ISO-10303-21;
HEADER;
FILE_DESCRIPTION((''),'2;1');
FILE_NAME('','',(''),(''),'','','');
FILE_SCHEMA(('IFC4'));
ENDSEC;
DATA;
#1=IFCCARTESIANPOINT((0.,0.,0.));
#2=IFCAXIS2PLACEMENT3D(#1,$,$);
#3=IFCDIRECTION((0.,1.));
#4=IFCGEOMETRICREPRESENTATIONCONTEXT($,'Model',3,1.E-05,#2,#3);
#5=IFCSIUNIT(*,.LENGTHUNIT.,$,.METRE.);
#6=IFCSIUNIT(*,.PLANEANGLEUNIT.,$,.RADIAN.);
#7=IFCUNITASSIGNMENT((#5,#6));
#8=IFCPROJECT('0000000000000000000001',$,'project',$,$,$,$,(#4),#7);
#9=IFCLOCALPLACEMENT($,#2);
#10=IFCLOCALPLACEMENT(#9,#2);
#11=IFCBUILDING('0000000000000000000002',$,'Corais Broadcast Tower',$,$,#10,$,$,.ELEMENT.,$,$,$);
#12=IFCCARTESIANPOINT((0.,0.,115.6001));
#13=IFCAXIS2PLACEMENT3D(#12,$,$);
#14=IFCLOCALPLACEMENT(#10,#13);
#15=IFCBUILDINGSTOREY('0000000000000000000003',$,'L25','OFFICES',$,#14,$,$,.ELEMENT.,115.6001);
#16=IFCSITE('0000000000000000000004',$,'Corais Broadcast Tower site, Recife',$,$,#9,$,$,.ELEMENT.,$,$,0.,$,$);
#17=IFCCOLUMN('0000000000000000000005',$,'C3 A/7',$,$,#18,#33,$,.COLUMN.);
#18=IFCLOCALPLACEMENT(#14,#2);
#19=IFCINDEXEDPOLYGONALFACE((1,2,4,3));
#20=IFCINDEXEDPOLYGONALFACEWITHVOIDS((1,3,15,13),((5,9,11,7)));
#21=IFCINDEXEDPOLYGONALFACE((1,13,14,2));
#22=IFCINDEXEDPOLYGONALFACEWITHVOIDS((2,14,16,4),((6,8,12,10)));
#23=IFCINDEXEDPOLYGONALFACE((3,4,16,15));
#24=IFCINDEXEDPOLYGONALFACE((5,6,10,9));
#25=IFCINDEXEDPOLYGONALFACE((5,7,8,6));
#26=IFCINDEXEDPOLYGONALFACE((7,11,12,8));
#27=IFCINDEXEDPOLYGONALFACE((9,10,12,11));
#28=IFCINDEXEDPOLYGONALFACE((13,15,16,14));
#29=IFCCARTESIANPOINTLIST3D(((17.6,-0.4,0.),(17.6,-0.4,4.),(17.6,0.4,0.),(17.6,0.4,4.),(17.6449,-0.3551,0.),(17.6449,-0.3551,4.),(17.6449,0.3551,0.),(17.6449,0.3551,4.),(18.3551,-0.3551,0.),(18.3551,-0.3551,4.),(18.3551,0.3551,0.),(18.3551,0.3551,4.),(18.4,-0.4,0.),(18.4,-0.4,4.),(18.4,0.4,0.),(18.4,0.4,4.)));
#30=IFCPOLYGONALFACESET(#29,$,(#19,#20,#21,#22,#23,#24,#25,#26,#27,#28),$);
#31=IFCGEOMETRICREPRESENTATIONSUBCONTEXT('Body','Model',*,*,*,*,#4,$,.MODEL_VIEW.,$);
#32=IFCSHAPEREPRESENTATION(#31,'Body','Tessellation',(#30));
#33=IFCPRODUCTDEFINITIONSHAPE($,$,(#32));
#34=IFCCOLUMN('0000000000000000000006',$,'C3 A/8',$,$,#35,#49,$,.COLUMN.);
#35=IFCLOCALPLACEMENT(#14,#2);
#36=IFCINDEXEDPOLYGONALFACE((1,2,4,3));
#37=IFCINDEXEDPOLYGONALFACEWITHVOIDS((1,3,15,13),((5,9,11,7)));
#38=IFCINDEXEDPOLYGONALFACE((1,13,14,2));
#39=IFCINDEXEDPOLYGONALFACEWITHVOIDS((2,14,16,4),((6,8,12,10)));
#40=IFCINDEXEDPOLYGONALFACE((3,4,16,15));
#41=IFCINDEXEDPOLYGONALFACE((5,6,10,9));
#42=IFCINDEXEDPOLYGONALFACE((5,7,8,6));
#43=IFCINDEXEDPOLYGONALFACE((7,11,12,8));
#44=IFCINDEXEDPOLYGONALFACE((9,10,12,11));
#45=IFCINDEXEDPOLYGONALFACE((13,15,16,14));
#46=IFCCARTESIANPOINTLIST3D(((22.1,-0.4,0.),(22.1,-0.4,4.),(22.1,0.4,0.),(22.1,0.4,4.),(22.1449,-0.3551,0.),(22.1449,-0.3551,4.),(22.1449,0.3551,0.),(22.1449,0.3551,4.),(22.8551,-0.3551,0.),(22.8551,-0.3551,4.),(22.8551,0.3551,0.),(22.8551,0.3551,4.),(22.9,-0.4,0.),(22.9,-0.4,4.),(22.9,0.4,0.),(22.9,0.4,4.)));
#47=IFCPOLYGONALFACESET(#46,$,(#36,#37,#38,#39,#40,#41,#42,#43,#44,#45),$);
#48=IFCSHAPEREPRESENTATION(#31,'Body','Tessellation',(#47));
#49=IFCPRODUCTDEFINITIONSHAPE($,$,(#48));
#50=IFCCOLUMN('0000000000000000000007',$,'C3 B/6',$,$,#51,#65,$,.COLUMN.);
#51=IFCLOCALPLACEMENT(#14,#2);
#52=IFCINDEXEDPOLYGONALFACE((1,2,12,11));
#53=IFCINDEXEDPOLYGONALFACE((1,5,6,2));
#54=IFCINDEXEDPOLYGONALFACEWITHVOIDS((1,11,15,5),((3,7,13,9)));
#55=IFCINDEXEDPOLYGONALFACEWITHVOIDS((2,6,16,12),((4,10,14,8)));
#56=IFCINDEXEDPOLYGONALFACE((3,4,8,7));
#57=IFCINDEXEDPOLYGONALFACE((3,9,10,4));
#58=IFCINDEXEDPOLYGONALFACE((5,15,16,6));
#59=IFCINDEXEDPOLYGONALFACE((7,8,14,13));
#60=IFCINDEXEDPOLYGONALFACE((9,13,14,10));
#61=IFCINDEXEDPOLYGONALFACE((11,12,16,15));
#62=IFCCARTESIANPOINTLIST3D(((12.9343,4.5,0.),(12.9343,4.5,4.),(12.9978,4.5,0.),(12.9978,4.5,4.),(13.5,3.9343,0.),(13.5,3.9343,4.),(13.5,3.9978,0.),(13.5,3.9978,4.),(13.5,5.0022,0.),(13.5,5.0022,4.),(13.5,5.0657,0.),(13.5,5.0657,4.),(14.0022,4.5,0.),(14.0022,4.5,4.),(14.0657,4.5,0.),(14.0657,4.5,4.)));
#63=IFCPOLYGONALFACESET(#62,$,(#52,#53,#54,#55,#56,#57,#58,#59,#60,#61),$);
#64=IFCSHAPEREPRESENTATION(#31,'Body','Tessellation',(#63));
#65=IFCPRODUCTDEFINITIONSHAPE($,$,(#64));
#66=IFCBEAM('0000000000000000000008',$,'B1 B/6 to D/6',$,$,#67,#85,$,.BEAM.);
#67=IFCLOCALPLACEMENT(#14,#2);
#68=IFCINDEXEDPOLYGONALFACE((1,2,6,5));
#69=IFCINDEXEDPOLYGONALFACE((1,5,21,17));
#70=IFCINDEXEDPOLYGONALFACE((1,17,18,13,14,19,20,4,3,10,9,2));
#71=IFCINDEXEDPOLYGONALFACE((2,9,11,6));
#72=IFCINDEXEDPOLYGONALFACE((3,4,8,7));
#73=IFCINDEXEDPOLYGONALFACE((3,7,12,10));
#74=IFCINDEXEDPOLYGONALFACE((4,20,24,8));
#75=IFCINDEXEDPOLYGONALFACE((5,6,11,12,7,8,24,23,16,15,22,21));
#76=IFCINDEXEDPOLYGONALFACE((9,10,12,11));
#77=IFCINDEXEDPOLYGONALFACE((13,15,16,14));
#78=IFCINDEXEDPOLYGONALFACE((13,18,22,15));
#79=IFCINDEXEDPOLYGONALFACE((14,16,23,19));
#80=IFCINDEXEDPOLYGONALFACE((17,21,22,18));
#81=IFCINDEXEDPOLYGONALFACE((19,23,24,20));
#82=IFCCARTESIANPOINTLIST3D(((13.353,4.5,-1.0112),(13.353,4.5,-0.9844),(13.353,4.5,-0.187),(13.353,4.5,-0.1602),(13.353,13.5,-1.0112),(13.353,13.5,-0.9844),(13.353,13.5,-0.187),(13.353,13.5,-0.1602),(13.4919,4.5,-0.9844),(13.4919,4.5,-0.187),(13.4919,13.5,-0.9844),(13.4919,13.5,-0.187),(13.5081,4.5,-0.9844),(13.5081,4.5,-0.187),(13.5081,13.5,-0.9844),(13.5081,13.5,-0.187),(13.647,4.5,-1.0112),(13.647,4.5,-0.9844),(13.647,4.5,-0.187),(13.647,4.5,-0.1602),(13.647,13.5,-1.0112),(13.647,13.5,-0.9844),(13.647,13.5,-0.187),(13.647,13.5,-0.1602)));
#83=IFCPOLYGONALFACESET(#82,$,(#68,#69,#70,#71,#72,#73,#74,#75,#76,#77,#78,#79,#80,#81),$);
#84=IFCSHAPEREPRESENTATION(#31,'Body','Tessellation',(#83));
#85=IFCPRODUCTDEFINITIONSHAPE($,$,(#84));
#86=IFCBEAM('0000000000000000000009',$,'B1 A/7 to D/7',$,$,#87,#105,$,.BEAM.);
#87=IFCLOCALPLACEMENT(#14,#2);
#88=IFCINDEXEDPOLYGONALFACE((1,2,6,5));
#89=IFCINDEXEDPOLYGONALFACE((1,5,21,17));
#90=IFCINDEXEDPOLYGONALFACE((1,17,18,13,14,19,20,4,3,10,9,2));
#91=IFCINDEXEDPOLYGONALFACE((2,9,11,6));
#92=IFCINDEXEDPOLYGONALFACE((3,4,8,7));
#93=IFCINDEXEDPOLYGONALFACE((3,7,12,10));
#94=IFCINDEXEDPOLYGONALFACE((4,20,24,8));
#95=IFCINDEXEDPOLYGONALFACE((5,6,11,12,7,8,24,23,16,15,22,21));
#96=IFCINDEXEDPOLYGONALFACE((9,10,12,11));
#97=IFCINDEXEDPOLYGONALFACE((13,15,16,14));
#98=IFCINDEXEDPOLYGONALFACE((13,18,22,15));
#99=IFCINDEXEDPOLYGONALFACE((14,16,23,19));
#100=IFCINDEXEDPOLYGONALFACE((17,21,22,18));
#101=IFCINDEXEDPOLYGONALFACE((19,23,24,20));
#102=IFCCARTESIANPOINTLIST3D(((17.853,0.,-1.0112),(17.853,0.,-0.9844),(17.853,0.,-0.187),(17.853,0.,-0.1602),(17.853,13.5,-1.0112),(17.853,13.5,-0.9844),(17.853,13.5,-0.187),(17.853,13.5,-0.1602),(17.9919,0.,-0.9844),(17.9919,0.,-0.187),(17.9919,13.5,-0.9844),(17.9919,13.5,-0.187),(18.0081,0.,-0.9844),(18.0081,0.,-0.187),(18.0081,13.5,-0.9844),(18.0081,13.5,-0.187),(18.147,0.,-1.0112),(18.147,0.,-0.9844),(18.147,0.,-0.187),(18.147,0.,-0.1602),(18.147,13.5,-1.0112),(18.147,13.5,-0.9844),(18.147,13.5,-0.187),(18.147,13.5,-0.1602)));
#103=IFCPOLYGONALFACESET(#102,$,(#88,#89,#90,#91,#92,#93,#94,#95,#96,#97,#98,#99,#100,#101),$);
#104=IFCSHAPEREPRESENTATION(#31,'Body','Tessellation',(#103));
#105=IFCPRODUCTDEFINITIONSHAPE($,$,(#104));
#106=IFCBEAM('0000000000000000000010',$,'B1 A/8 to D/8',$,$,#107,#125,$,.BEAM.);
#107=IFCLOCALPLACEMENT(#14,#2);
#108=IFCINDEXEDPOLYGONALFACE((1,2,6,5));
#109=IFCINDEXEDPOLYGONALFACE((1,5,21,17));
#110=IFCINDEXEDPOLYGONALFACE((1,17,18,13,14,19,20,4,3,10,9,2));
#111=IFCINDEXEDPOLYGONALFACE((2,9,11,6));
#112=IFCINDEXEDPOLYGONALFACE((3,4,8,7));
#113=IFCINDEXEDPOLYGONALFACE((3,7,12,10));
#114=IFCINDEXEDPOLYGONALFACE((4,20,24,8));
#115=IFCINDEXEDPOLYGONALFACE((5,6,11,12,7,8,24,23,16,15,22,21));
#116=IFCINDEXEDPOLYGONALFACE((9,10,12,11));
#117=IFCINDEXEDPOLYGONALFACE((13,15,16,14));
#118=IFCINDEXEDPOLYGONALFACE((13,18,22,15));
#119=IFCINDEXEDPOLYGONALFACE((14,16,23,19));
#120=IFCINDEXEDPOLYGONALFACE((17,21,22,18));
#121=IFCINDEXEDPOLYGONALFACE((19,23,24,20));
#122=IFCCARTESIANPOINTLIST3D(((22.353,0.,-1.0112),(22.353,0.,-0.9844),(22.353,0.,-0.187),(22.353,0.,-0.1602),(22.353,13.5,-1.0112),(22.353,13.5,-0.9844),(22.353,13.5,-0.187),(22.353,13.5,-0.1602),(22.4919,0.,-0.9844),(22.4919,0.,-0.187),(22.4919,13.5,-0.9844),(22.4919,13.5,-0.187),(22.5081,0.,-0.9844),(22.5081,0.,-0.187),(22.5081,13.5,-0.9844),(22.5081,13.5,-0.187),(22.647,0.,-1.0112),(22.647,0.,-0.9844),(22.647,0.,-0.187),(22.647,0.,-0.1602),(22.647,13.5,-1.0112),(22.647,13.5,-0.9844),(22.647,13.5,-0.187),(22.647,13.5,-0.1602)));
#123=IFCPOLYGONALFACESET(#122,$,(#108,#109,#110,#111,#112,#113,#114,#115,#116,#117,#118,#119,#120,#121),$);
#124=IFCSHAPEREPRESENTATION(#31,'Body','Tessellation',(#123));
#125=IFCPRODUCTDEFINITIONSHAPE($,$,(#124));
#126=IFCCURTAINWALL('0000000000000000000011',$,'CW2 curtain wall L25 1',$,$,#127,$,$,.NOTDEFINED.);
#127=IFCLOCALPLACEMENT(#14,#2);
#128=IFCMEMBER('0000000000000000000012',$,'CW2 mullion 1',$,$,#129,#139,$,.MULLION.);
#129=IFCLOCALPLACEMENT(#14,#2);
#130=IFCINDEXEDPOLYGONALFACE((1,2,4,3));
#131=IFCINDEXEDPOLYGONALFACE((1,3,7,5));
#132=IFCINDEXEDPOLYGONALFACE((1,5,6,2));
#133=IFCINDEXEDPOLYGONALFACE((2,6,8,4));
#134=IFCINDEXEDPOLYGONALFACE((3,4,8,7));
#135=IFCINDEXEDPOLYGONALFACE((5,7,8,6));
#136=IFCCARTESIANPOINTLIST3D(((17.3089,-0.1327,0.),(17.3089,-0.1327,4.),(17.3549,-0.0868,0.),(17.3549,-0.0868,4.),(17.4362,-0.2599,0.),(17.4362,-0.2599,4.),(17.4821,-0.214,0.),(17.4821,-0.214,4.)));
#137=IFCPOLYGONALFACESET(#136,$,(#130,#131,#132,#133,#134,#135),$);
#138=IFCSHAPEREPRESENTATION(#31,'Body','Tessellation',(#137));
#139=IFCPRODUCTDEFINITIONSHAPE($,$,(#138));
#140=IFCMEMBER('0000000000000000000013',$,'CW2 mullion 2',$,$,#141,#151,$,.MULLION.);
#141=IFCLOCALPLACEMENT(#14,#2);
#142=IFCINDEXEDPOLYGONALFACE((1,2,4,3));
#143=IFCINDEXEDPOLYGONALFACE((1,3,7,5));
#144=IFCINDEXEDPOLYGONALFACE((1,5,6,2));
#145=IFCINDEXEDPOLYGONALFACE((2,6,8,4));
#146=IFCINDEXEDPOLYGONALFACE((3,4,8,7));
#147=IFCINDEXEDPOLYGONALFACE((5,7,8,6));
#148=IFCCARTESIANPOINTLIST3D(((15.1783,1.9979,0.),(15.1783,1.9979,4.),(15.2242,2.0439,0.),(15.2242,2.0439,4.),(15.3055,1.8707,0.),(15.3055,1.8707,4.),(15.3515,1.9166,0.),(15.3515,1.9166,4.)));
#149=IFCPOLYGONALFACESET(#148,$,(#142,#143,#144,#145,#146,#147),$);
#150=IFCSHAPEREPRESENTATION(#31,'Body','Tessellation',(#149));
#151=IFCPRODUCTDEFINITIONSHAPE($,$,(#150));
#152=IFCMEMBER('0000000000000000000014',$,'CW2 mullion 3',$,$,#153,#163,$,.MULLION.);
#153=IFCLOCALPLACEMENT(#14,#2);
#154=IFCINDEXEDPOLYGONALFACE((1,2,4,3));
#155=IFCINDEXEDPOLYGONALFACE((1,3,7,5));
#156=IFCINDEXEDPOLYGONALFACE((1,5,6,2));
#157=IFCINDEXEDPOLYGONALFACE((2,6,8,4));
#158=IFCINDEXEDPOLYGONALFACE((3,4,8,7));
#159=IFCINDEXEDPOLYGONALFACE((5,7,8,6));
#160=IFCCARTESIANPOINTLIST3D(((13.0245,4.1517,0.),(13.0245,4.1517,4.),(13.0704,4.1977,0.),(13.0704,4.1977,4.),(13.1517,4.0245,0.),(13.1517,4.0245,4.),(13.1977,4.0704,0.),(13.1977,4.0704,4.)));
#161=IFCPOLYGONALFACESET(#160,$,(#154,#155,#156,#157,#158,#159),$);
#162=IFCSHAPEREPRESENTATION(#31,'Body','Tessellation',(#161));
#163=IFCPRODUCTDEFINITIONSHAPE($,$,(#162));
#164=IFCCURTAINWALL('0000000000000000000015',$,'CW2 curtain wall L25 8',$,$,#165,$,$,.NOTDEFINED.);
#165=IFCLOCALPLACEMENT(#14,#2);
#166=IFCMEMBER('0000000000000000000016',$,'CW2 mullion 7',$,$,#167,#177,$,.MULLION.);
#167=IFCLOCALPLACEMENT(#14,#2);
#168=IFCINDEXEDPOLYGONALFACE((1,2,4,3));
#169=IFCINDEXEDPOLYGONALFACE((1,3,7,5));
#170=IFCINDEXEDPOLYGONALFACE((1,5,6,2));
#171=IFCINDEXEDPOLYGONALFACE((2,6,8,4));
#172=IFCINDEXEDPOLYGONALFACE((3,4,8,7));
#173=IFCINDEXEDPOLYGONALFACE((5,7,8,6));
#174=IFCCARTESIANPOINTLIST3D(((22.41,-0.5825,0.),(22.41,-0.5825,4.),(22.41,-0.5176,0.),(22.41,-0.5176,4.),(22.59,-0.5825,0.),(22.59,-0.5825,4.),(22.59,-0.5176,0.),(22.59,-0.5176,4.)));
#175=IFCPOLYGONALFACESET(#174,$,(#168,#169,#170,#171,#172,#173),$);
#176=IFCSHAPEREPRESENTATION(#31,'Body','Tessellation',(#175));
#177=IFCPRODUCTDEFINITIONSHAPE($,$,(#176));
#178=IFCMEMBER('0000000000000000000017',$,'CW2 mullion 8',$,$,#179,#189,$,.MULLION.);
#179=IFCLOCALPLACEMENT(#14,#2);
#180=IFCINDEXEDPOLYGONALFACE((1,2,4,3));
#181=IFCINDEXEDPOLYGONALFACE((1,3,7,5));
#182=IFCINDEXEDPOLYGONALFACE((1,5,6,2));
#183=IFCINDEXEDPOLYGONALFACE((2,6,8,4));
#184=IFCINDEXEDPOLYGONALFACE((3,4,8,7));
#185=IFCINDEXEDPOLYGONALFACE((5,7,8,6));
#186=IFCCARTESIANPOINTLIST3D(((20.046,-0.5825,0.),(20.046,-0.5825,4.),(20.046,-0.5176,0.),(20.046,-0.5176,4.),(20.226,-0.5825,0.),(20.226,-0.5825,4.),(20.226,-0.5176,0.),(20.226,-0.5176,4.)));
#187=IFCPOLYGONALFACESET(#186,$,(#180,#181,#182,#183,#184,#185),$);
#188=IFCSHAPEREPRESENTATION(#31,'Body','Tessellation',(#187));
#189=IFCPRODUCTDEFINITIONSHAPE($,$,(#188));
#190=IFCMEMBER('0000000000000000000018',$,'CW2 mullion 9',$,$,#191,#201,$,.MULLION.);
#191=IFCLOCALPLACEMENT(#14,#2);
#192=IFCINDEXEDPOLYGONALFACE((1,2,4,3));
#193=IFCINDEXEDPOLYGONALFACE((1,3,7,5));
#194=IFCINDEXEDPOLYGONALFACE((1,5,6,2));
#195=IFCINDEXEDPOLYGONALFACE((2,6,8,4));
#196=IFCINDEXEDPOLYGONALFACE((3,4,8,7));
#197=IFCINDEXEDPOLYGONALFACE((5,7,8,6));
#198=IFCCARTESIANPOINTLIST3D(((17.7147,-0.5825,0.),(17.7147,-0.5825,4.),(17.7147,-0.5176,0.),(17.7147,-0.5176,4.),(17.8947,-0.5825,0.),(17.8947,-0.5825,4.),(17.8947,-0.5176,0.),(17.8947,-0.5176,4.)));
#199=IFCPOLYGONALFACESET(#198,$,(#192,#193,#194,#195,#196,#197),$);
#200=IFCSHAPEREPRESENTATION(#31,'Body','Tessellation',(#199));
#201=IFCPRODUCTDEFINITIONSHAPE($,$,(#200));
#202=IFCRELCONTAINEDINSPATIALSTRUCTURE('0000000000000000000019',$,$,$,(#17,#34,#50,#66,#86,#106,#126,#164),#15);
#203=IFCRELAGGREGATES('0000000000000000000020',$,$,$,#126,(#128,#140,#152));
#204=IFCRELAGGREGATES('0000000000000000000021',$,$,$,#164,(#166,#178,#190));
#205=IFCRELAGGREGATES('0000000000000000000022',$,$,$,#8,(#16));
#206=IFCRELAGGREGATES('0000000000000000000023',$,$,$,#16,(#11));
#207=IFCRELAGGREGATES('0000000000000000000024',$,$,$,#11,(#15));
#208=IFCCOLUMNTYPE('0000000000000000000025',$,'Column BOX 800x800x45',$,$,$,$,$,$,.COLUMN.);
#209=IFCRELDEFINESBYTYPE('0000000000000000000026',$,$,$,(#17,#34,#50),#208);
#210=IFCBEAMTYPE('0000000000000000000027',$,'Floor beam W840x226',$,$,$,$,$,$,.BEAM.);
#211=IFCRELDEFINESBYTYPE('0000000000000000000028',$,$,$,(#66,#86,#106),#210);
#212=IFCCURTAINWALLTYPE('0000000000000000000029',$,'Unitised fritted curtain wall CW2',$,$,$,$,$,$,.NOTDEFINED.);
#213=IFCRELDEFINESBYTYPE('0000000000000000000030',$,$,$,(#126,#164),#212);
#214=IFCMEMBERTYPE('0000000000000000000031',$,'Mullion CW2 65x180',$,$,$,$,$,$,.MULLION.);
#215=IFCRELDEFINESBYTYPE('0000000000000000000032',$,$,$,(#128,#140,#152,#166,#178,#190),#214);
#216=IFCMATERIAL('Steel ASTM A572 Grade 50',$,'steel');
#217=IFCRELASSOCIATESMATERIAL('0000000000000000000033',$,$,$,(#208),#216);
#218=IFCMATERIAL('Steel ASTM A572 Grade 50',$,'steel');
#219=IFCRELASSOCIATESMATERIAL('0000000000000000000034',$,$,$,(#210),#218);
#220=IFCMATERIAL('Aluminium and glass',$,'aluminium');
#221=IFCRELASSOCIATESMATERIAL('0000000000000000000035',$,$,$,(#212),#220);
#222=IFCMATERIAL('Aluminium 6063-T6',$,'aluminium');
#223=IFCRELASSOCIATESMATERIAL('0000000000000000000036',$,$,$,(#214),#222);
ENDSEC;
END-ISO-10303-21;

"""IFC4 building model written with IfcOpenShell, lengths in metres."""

from ifc_helpers import new_model, si_unit, direction, frame, origin, origin_2d, place, context, subcontext, project, spatial, rectangle, hollow_rectangle, i_section, extrude, material, material_profile, profile_set, type_object, element, aggregate, save


model = new_model("IFC4")

# Units and contexts
model_context = context("Model", 3, precision=1e-05, world=origin(), true_north=direction((0.0, 1.0)))
body_context = subcontext(model_context, "Body", "Model", "MODEL_VIEW")
ifc_project = project(units=[si_unit("LENGTHUNIT", "METRE"), si_unit("PLANEANGLEUNIT", "RADIAN")], contexts=[model_context])

# Site, building, storey
site_placement = place(None, origin())
site = spatial("IfcSite", under=ifc_project, at=site_placement, Name="Corais Broadcast Tower site, Recife", CompositionType="ELEMENT", RefElevation=0.0)
building_placement = place(site_placement, origin())
building = spatial("IfcBuilding", under=site, at=building_placement, Name="Corais Broadcast Tower", CompositionType="ELEMENT")
storey_placement = place(building_placement, frame((0.0, 0.0, 115.6001)))
storey = spatial("IfcBuildingStorey", under=building, at=storey_placement, Name="L25", Description="OFFICES", CompositionType="ELEMENT", Elevation=115.6001)

# Columns
ifc_material_1 = material(Name="Steel ASTM A572 Grade 50", Category="steel")
ifc_material_profile_1 = material_profile(ifc_material_1, hollow_rectangle(XDim=0.8, YDim=0.8, WallThickness=0.0449, at=origin_2d()), Name="BOX 800x800x45")
ifc_profile_set_1 = profile_set([ifc_material_profile_1], Name="Steel ASTM A572 Grade 50")
column_type = type_object("IfcColumnType", Name="Column BOX 800x800x45", PredefinedType="COLUMN", material=ifc_profile_set_1)
for number, where, z_axis, x_axis, name in (
    (1, (18.0, 0.0, 0.0), (0.0, 0.0, 1.0), (1.0, 0.0, 0.0), "C3 A/7"),
    (2, (22.5, 0.0, 0.0), (0.0, 0.0, 1.0), (1.0, 0.0, 0.0), "C3 A/8"),
    (3, (13.5, 4.5, 0.0), (0.0, 0.0, 1.0), (0.707107, 0.707107, 0.0), "C3 B/6"),
):
    element("IfcColumn", number, at=place(storey_placement, frame(where, z_axis=z_axis, x_axis=x_axis)), inside=storey, type_object=column_type, Name=name, PredefinedType="COLUMN", context=body_context, shape_type="SweptSolid", body=[
        extrude(hollow_rectangle(XDim=0.8, YDim=0.8, WallThickness=0.0449, at=origin_2d()), origin(), (0.0, 0.0, 1.0), 4.0),
    ])

# Beams
ifc_material_2 = material(Name="Steel ASTM A572 Grade 50", Category="steel")
ifc_material_profile_2 = material_profile(ifc_material_2, i_section(OverallWidth=0.2939, OverallDepth=0.8511, WebThickness=0.0161, FlangeThickness=0.0269, at=origin_2d()), Name="W840x226")
ifc_profile_set_2 = profile_set([ifc_material_profile_2], Name="Steel ASTM A572 Grade 50")
beam_type_1 = type_object("IfcBeamType", Name="Floor beam W840x226", PredefinedType="BEAM", material=ifc_profile_set_2)
beam_1_placement = place(storey_placement, frame((13.5, 4.5, -0.5857), z_axis=(0.0, 1.0, 0.0), x_axis=(-1.0, 0.0, 0.0)))
element("IfcBeam", 4, at=beam_1_placement, inside=storey, type_object=beam_type_1, Name="B1 B/6 to D/6", PredefinedType="BEAM", context=body_context, shape_type="SweptSolid", body=[
    extrude(i_section(OverallWidth=0.2939, OverallDepth=0.8511, WebThickness=0.0161, FlangeThickness=0.0269, at=origin_2d()), origin(), (0.0, 0.0, 1.0), 9.0),
])
for number, where, z_axis, x_axis, name in (
    (5, (18.0, 0.0, -0.5857), (0.0, 1.0, 0.0), (-1.0, 0.0, 0.0), "B1 A/7 to D/7"),
    (6, (22.5, 0.0, -0.5857), (0.0, 1.0, 0.0), (-1.0, 0.0, 0.0), "B1 A/8 to D/8"),
):
    element("IfcBeam", number, at=place(storey_placement, frame(where, z_axis=z_axis, x_axis=x_axis)), inside=storey, type_object=beam_type_1, Name=name, PredefinedType="BEAM", context=body_context, shape_type="SweptSolid", body=[
        extrude(i_section(OverallWidth=0.2939, OverallDepth=0.8511, WebThickness=0.0161, FlangeThickness=0.0269, at=origin_2d()), origin(), (0.0, 0.0, 1.0), 13.5),
    ])

# Curtain walls, members
ifc_material_3 = material(Name="Aluminium and glass", Category="aluminium")
curtain_wall_type = type_object("IfcCurtainWallType", Name="Unitised fritted curtain wall CW2", PredefinedType="NOTDEFINED", material=ifc_material_3)
curtain_wall_1_placement = place(storey_placement, origin())
curtain_wall_1 = element("IfcCurtainWall", 7, at=curtain_wall_1_placement, inside=storey, type_object=curtain_wall_type, Name="CW2 curtain wall L25 1", PredefinedType="NOTDEFINED")
ifc_material_4 = material(Name="Aluminium 6063-T6", Category="aluminium")
ifc_material_profile_3 = material_profile(ifc_material_4, rectangle(XDim=0.0649, YDim=0.1799, at=origin_2d()), Name="Mullion CW2 65x180")
ifc_profile_set_3 = profile_set([ifc_material_profile_3], Name="Aluminium 6063-T6")
member_type_1 = type_object("IfcMemberType", Name="Mullion CW2 65x180", PredefinedType="MULLION", material=ifc_profile_set_3)
member_1_placement = place(storey_placement, frame((17.3955, -0.1733, 0.0), z_axis=(0.0, 0.0, 1.0), x_axis=(-0.707107, -0.707107, 0.0)))
member_1 = element("IfcMember", 8, at=member_1_placement, type_object=member_type_1, Name="CW2 mullion 1", PredefinedType="MULLION", context=body_context, shape_type="SweptSolid", body=[
    extrude(rectangle(XDim=0.0649, YDim=0.1799, at=origin_2d()), origin(), (0.0, 0.0, 1.0), 4.0),
])
member_2_placement = place(storey_placement, frame((15.2649, 1.9573, 0.0), z_axis=(0.0, 0.0, 1.0), x_axis=(-0.707107, -0.707107, 0.0)))
member_2 = element("IfcMember", 9, at=member_2_placement, type_object=member_type_1, Name="CW2 mullion 2", PredefinedType="MULLION", context=body_context, shape_type="SweptSolid", body=[
    extrude(rectangle(XDim=0.0649, YDim=0.1799, at=origin_2d()), origin(), (0.0, 0.0, 1.0), 4.0),
])
member_3_placement = place(storey_placement, frame((13.1111, 4.1111, 0.0), z_axis=(0.0, 0.0, 1.0), x_axis=(-0.707107, -0.707107, 0.0)))
member_3 = element("IfcMember", 10, at=member_3_placement, type_object=member_type_1, Name="CW2 mullion 3", PredefinedType="MULLION", context=body_context, shape_type="SweptSolid", body=[
    extrude(rectangle(XDim=0.0649, YDim=0.1799, at=origin_2d()), origin(), (0.0, 0.0, 1.0), 4.0),
])
curtain_wall_2_placement = place(storey_placement, origin())
curtain_wall_2 = element("IfcCurtainWall", 11, at=curtain_wall_2_placement, inside=storey, type_object=curtain_wall_type, Name="CW2 curtain wall L25 8", PredefinedType="NOTDEFINED")
member_4_placement = place(storey_placement, frame((22.5, -0.55, 0.0), z_axis=(0.0, 0.0, 1.0), x_axis=(0.0, -1.0, 0.0)))
member_4 = element("IfcMember", 12, at=member_4_placement, type_object=member_type_1, Name="CW2 mullion 7", PredefinedType="MULLION", context=body_context, shape_type="SweptSolid", body=[
    extrude(rectangle(XDim=0.0649, YDim=0.1799, at=origin_2d()), origin(), (0.0, 0.0, 1.0), 4.0),
])
member_5_placement = place(storey_placement, frame((20.136, -0.55, 0.0), z_axis=(0.0, 0.0, 1.0), x_axis=(0.0, -1.0, 0.0)))
member_5 = element("IfcMember", 13, at=member_5_placement, type_object=member_type_1, Name="CW2 mullion 8", PredefinedType="MULLION", context=body_context, shape_type="SweptSolid", body=[
    extrude(rectangle(XDim=0.0649, YDim=0.1799, at=origin_2d()), origin(), (0.0, 0.0, 1.0), 4.0),
])
member_6_placement = place(storey_placement, frame((17.8047, -0.55, 0.0), z_axis=(0.0, 0.0, 1.0), x_axis=(0.0, -1.0, 0.0)))
member_6 = element("IfcMember", 14, at=member_6_placement, type_object=member_type_1, Name="CW2 mullion 9", PredefinedType="MULLION", context=body_context, shape_type="SweptSolid", body=[
    extrude(rectangle(XDim=0.0649, YDim=0.1799, at=origin_2d()), origin(), (0.0, 0.0, 1.0), 4.0),
])

aggregate(curtain_wall_1, [member_1, member_2, member_3])
aggregate(curtain_wall_2, [member_4, member_5, member_6])

save(model, "model.ifc")
